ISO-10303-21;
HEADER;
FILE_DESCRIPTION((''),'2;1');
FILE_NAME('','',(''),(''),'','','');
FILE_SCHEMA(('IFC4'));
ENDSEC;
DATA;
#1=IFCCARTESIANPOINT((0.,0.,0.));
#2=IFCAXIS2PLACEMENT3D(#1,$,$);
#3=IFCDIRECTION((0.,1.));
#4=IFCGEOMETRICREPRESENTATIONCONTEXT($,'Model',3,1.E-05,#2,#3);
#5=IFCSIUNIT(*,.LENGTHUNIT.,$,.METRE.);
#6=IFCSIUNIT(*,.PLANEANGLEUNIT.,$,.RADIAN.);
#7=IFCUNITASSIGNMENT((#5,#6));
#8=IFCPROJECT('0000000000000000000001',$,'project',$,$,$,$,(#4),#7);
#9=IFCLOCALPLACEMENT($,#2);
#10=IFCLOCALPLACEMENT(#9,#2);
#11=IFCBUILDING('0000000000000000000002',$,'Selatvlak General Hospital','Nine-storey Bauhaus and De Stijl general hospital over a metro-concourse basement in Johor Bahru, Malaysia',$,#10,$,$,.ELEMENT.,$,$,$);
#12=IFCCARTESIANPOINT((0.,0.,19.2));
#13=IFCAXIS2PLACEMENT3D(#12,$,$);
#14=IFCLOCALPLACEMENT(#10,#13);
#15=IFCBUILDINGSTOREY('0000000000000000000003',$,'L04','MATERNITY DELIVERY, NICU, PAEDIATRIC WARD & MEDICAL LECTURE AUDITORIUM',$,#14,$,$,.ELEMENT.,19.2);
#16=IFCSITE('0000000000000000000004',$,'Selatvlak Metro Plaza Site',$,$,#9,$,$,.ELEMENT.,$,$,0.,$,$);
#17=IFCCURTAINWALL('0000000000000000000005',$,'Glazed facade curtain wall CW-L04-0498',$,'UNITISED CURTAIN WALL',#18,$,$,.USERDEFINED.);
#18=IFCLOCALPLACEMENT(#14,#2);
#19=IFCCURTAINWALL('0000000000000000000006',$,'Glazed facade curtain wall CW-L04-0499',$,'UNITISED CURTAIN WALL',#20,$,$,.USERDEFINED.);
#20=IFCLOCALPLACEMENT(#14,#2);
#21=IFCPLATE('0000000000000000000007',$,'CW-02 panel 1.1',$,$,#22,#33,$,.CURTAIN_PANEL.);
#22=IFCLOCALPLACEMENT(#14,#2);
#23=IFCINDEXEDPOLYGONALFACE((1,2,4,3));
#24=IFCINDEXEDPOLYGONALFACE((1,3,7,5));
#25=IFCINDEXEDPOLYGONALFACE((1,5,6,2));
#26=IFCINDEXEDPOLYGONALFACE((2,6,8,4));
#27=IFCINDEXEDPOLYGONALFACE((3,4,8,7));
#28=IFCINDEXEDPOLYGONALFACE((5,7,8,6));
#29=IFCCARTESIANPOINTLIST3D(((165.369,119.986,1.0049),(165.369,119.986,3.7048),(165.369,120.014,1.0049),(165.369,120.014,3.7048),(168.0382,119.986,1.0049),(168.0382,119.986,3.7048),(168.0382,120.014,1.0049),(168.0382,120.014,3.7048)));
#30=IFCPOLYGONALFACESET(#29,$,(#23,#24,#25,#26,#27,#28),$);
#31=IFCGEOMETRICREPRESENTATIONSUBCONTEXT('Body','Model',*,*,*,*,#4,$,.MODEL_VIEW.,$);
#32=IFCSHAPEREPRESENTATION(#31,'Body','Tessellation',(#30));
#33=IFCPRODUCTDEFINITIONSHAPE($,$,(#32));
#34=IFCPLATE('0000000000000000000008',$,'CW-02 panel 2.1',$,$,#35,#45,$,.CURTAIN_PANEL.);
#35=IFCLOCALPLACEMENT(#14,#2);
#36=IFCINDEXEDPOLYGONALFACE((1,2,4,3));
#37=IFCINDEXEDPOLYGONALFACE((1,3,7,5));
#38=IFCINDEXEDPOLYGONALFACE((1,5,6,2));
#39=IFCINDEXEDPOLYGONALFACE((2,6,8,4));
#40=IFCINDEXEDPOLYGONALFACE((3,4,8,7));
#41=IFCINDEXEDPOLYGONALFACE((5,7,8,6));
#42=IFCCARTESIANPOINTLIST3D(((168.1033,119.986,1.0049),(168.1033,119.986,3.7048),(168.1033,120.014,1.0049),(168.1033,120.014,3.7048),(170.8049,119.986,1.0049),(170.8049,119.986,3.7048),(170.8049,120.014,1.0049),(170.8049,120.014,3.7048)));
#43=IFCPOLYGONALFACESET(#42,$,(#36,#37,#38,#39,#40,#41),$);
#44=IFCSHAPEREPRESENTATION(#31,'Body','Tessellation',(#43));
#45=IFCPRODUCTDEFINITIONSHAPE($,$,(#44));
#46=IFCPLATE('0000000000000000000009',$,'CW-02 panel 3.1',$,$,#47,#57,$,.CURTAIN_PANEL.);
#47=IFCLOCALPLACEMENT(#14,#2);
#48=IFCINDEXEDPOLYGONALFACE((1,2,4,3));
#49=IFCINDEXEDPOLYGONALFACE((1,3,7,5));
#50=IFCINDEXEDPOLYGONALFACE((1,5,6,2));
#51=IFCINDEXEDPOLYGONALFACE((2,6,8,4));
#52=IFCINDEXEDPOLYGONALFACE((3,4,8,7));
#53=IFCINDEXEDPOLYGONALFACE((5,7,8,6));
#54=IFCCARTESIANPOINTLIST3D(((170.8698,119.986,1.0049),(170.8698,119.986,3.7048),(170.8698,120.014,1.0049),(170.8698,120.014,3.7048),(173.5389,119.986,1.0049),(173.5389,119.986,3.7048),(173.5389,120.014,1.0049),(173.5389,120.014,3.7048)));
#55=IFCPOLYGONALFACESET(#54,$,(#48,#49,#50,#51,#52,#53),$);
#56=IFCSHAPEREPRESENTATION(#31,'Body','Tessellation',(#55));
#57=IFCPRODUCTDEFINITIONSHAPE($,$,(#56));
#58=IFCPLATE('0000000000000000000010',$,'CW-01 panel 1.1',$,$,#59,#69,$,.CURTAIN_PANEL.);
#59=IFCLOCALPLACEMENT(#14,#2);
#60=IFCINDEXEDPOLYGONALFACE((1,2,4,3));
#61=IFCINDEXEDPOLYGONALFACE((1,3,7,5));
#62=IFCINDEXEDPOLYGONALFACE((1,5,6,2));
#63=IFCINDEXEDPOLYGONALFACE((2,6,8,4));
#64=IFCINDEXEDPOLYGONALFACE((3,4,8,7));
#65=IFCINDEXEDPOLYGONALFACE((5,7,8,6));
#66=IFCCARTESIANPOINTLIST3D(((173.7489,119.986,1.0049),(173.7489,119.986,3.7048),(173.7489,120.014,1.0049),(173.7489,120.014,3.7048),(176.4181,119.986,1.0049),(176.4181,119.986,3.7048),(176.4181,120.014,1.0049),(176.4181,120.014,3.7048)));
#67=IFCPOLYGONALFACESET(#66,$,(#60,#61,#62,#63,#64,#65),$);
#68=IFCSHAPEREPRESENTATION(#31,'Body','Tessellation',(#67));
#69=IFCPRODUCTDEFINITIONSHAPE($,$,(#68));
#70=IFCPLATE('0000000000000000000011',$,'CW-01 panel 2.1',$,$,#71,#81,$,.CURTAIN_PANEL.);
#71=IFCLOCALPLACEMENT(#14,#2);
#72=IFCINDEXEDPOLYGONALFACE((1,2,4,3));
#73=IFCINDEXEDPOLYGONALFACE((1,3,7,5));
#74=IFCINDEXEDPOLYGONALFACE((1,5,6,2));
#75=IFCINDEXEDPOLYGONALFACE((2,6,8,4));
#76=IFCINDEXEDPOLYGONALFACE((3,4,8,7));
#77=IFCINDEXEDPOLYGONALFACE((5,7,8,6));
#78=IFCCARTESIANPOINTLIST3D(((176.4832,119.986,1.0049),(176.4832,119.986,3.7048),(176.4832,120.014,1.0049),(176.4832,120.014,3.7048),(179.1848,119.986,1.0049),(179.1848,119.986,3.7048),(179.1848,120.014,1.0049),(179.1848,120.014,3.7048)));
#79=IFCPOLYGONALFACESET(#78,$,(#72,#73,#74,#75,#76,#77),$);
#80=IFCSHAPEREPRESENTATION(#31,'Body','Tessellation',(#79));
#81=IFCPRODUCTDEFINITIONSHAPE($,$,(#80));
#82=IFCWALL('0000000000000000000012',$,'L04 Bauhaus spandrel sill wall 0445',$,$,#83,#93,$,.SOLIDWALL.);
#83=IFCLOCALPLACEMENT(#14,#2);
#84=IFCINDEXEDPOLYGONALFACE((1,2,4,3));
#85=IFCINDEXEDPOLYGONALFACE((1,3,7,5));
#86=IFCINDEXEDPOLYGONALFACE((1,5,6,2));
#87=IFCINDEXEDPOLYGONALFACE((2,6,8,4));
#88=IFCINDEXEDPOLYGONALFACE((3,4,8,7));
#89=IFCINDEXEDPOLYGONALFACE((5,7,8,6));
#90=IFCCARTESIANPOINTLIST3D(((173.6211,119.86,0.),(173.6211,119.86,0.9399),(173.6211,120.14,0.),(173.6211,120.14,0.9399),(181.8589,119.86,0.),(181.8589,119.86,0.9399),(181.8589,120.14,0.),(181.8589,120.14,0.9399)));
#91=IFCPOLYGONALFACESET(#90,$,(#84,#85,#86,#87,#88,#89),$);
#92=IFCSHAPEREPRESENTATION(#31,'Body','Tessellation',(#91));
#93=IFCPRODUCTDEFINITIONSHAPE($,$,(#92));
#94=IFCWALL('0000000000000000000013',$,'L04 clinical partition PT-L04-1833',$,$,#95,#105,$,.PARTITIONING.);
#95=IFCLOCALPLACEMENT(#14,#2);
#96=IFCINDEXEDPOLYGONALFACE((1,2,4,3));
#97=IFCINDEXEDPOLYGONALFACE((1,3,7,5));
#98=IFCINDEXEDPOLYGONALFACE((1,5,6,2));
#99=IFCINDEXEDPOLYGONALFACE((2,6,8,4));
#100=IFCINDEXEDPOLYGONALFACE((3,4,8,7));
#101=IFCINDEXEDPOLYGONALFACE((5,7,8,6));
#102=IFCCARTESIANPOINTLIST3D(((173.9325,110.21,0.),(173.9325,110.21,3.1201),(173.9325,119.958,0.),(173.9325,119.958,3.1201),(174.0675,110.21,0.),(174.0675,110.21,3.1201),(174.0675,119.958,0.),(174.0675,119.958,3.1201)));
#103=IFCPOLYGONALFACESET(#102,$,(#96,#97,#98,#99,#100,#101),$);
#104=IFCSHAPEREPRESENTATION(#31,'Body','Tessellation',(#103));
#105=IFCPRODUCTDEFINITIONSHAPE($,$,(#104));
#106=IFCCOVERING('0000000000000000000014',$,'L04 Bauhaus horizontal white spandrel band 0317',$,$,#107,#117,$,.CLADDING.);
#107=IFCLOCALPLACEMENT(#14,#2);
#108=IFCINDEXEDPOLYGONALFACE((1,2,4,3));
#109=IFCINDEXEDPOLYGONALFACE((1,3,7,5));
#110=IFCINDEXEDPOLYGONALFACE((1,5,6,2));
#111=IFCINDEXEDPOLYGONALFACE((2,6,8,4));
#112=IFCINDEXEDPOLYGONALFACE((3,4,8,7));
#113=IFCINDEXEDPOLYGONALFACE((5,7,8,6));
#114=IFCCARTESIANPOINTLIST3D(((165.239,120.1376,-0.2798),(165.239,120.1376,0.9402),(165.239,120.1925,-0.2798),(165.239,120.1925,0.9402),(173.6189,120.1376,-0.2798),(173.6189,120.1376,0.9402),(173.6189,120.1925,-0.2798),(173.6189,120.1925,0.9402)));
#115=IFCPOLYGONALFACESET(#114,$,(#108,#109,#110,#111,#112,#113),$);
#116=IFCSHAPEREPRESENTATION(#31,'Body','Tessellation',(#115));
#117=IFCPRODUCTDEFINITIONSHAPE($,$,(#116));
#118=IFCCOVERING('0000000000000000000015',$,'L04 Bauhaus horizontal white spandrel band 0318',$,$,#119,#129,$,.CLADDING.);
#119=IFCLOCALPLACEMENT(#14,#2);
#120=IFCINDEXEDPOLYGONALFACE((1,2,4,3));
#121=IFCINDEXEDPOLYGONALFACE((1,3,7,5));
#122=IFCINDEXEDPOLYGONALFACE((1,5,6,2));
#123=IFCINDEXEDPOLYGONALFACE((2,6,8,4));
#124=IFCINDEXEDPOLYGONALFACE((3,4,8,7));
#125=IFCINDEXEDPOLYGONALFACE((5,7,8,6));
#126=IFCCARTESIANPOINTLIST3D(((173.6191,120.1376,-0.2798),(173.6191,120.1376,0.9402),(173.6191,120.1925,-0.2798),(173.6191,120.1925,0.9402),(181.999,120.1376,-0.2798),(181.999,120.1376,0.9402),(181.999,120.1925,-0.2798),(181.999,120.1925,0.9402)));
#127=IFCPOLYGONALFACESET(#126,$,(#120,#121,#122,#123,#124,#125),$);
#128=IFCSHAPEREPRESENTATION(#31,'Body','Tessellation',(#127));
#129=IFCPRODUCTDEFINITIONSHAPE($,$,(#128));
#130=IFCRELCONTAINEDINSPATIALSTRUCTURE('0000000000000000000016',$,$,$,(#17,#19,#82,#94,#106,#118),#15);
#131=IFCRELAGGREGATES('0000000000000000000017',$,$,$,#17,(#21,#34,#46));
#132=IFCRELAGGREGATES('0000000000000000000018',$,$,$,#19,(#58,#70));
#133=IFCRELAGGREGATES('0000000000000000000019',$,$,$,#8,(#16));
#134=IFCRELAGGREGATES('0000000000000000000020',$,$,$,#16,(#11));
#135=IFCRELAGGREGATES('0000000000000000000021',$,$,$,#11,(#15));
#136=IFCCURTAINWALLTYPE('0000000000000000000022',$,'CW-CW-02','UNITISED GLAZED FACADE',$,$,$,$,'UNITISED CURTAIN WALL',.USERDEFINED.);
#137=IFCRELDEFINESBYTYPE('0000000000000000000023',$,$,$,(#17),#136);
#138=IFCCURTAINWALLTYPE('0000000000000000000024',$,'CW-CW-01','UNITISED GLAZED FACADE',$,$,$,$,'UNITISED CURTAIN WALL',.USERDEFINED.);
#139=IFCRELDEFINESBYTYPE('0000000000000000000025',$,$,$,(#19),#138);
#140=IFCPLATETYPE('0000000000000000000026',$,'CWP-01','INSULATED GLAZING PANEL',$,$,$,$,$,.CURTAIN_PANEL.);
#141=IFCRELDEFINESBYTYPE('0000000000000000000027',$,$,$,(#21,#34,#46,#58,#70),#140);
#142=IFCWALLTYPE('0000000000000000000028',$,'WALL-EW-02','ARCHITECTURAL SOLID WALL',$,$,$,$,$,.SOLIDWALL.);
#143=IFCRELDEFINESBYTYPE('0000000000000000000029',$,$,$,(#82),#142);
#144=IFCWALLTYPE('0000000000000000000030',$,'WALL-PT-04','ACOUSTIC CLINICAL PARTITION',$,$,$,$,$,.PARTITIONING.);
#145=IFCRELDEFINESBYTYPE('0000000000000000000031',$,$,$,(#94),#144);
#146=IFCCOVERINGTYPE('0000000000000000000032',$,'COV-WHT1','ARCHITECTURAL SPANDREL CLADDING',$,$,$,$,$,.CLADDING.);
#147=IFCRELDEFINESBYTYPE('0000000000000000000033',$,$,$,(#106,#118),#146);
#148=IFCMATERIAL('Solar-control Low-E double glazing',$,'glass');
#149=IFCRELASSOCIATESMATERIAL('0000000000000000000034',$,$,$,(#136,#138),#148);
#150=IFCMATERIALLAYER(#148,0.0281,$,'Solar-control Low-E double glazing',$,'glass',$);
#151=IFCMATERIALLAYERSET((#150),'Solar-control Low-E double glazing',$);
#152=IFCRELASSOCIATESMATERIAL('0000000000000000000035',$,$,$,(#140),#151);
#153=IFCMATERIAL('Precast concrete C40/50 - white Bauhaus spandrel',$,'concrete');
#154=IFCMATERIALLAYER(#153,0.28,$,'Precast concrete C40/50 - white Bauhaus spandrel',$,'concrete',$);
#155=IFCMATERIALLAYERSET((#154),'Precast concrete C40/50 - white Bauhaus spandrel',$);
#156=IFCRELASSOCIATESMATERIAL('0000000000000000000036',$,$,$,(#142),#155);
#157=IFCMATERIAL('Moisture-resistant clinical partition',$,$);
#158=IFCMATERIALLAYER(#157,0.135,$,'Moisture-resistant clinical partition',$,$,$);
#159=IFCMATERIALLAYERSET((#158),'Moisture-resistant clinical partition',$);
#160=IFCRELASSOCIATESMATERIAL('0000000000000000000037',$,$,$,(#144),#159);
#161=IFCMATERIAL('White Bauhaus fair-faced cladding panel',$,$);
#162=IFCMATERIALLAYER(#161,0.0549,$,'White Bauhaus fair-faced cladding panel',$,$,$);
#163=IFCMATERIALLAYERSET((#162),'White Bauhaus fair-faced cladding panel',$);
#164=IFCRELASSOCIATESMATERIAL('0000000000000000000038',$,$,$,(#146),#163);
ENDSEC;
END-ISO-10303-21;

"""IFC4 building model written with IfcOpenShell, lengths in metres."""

from ifc_helpers import new_model, si_unit, direction, frame, frame_2d, origin, origin_2d, place, context, subcontext, project, spatial, rectangle, extrude, material, layer, layer_set, type_object, element, aggregate, save


model = new_model("IFC4")

# Units and contexts
model_context = context("Model", 3, precision=1e-05, world=origin(), true_north=direction((0.0, 1.0)))
body_context = subcontext(model_context, "Body", "Model", "MODEL_VIEW")
ifc_project = project(units=[si_unit("LENGTHUNIT", "METRE"), si_unit("PLANEANGLEUNIT", "RADIAN")], contexts=[model_context])

# Site, building, storey
site_placement = place(None, origin())
site = spatial("IfcSite", under=ifc_project, at=site_placement, Name="Selatvlak Metro Plaza Site", CompositionType="ELEMENT", RefElevation=0.0)
building_placement = place(site_placement, origin())
building = spatial("IfcBuilding", under=site, at=building_placement, Name="Selatvlak General Hospital", Description="Nine-storey Bauhaus and De Stijl general hospital over a metro-concourse basement in Johor Bahru, Malaysia", CompositionType="ELEMENT")
storey_placement = place(building_placement, frame((0.0, 0.0, 19.2)))
storey = spatial("IfcBuildingStorey", under=building, at=storey_placement, Name="L04", Description="MATERNITY DELIVERY, NICU, PAEDIATRIC WARD & MEDICAL LECTURE AUDITORIUM", CompositionType="ELEMENT", Elevation=19.2)

# Curtain walls
ifc_material_1 = material(Name="Solar-control Low-E double glazing", Category="glass")
curtain_wall_type_1 = type_object("IfcCurtainWallType", Name="CW-CW-02", Description="UNITISED GLAZED FACADE", ElementType="UNITISED CURTAIN WALL", PredefinedType="USERDEFINED", material=ifc_material_1)
curtain_wall_1_placement = place(storey_placement, origin())
curtain_wall_1 = element("IfcCurtainWall", 1, at=curtain_wall_1_placement, inside=storey, type_object=curtain_wall_type_1, Name="Glazed facade curtain wall CW-L04-0498", ObjectType="UNITISED CURTAIN WALL", PredefinedType="USERDEFINED")
curtain_wall_type_2 = type_object("IfcCurtainWallType", Name="CW-CW-01", Description="UNITISED GLAZED FACADE", ElementType="UNITISED CURTAIN WALL", PredefinedType="USERDEFINED", material=ifc_material_1)
curtain_wall_2_placement = place(storey_placement, origin())
curtain_wall_2 = element("IfcCurtainWall", 2, at=curtain_wall_2_placement, inside=storey, type_object=curtain_wall_type_2, Name="Glazed facade curtain wall CW-L04-0499", ObjectType="UNITISED CURTAIN WALL", PredefinedType="USERDEFINED")

# Plates
ifc_layer_1 = layer(ifc_material_1, 0.0281, Name="Solar-control Low-E double glazing", Category="glass")
ifc_layer_set_1 = layer_set([ifc_layer_1], Name="Solar-control Low-E double glazing")
plate_type = type_object("IfcPlateType", Name="CWP-01", Description="INSULATED GLAZING PANEL", PredefinedType="CURTAIN_PANEL", material=ifc_layer_set_1)
plate_1_placement = place(storey_placement, frame((166.7036, 120.0, 1.0049), z_axis=(0.0, 0.0, 1.0), x_axis=(1.0, 0.0, 0.0)))
plate_1 = element("IfcPlate", 3, at=plate_1_placement, type_object=plate_type, Name="CW-02 panel 1.1", PredefinedType="CURTAIN_PANEL", context=body_context, shape_type="SweptSolid", body=[
    extrude(rectangle(XDim=2.6692, YDim=0.0281, at=origin_2d()), origin(), (0.0, 0.0, 1.0), 2.7),
])
plate_2_placement = place(storey_placement, frame((169.4541, 120.0, 1.0049), z_axis=(0.0, 0.0, 1.0), x_axis=(1.0, 0.0, 0.0)))
plate_2 = element("IfcPlate", 4, at=plate_2_placement, type_object=plate_type, Name="CW-02 panel 2.1", PredefinedType="CURTAIN_PANEL", context=body_context, shape_type="SweptSolid", body=[
    extrude(rectangle(XDim=2.7017, YDim=0.0281, at=origin_2d()), origin(), (0.0, 0.0, 1.0), 2.7),
])
plate_3_placement = place(storey_placement, frame((172.2043, 120.0, 1.0049), z_axis=(0.0, 0.0, 1.0), x_axis=(1.0, 0.0, 0.0)))
plate_3 = element("IfcPlate", 5, at=plate_3_placement, type_object=plate_type, Name="CW-02 panel 3.1", PredefinedType="CURTAIN_PANEL", context=body_context, shape_type="SweptSolid", body=[
    extrude(rectangle(XDim=2.6692, YDim=0.0281, at=origin_2d()), origin(), (0.0, 0.0, 1.0), 2.7),
])
aggregate(curtain_wall_1, [plate_1, plate_2, plate_3])
plate_4_placement = place(storey_placement, frame((175.0835, 120.0, 1.0049), z_axis=(0.0, 0.0, 1.0), x_axis=(1.0, 0.0, 0.0)))
plate_4 = element("IfcPlate", 6, at=plate_4_placement, type_object=plate_type, Name="CW-01 panel 1.1", PredefinedType="CURTAIN_PANEL", context=body_context, shape_type="SweptSolid", body=[
    extrude(rectangle(XDim=2.6692, YDim=0.0281, at=origin_2d()), origin(), (0.0, 0.0, 1.0), 2.7),
])
plate_5_placement = place(storey_placement, frame((177.834, 120.0, 1.0049), z_axis=(0.0, 0.0, 1.0), x_axis=(1.0, 0.0, 0.0)))
plate_5 = element("IfcPlate", 7, at=plate_5_placement, type_object=plate_type, Name="CW-01 panel 2.1", PredefinedType="CURTAIN_PANEL", context=body_context, shape_type="SweptSolid", body=[
    extrude(rectangle(XDim=2.7017, YDim=0.0281, at=origin_2d()), origin(), (0.0, 0.0, 1.0), 2.7),
])
aggregate(curtain_wall_2, [plate_4, plate_5])

# Walls
ifc_material_2 = material(Name="Precast concrete C40/50 - white Bauhaus spandrel", Category="concrete")
ifc_layer_2 = layer(ifc_material_2, 0.28, Name="Precast concrete C40/50 - white Bauhaus spandrel", Category="concrete")
ifc_layer_set_2 = layer_set([ifc_layer_2], Name="Precast concrete C40/50 - white Bauhaus spandrel")
wall_type_1 = type_object("IfcWallType", Name="WALL-EW-02", Description="ARCHITECTURAL SOLID WALL", PredefinedType="SOLIDWALL", material=ifc_layer_set_2)
wall_1_placement = place(storey_placement, frame((173.6211, 120.0, 0.0), z_axis=(0.0, 0.0, 1.0), x_axis=(1.0, 0.0, 0.0)))
element("IfcWall", 8, at=wall_1_placement, inside=storey, type_object=wall_type_1, Name="L04 Bauhaus spandrel sill wall 0445", PredefinedType="SOLIDWALL", context=body_context, shape_type="SweptSolid", body=[
    extrude(rectangle(XDim=8.2378, YDim=0.28, at=frame_2d((4.1189, 0.0))), origin(), (0.0, 0.0, 1.0), 0.9399),
])
ifc_material_3 = material(Name="Moisture-resistant clinical partition")
ifc_layer_3 = layer(ifc_material_3, 0.135, Name="Moisture-resistant clinical partition")
ifc_layer_set_3 = layer_set([ifc_layer_3], Name="Moisture-resistant clinical partition")
wall_type_2 = type_object("IfcWallType", Name="WALL-PT-04", Description="ACOUSTIC CLINICAL PARTITION", PredefinedType="PARTITIONING", material=ifc_layer_set_3)
wall_2_placement = place(storey_placement, frame((174.0, 119.958, 0.0), z_axis=(0.0, 0.0, 1.0), x_axis=(0.0, -1.0, 0.0)))
element("IfcWall", 9, at=wall_2_placement, inside=storey, type_object=wall_type_2, Name="L04 clinical partition PT-L04-1833", PredefinedType="PARTITIONING", context=body_context, shape_type="SweptSolid", body=[
    extrude(rectangle(XDim=9.748, YDim=0.135, at=frame_2d((4.874, 0.0))), origin(), (0.0, 0.0, 1.0), 3.1201),
])

# Coverings
ifc_material_4 = material(Name="White Bauhaus fair-faced cladding panel")
ifc_layer_4 = layer(ifc_material_4, 0.0549, Name="White Bauhaus fair-faced cladding panel")
ifc_layer_set_4 = layer_set([ifc_layer_4], Name="White Bauhaus fair-faced cladding panel")
covering_type = type_object("IfcCoveringType", Name="COV-WHT1", Description="ARCHITECTURAL SPANDREL CLADDING", PredefinedType="CLADDING", material=ifc_layer_set_4)
for number, where, z_axis, x_axis, name in (
    (10, (169.429, 120.165, -0.2798), (0.0, 0.0, 1.0), (1.0, 0.0, 0.0), "L04 Bauhaus horizontal white spandrel band 0317"),
    (11, (177.8091, 120.165, -0.2798), (0.0, 0.0, 1.0), (1.0, 0.0, 0.0), "L04 Bauhaus horizontal white spandrel band 0318"),
):
    element("IfcCovering", number, at=place(storey_placement, frame(where, z_axis=z_axis, x_axis=x_axis)), inside=storey, type_object=covering_type, Name=name, PredefinedType="CLADDING", context=body_context, shape_type="SweptSolid", body=[
        extrude(rectangle(XDim=8.3799, YDim=0.0549, at=origin_2d()), origin(), (0.0, 0.0, 1.0), 1.22),
    ])

save(model, "model.ifc")
